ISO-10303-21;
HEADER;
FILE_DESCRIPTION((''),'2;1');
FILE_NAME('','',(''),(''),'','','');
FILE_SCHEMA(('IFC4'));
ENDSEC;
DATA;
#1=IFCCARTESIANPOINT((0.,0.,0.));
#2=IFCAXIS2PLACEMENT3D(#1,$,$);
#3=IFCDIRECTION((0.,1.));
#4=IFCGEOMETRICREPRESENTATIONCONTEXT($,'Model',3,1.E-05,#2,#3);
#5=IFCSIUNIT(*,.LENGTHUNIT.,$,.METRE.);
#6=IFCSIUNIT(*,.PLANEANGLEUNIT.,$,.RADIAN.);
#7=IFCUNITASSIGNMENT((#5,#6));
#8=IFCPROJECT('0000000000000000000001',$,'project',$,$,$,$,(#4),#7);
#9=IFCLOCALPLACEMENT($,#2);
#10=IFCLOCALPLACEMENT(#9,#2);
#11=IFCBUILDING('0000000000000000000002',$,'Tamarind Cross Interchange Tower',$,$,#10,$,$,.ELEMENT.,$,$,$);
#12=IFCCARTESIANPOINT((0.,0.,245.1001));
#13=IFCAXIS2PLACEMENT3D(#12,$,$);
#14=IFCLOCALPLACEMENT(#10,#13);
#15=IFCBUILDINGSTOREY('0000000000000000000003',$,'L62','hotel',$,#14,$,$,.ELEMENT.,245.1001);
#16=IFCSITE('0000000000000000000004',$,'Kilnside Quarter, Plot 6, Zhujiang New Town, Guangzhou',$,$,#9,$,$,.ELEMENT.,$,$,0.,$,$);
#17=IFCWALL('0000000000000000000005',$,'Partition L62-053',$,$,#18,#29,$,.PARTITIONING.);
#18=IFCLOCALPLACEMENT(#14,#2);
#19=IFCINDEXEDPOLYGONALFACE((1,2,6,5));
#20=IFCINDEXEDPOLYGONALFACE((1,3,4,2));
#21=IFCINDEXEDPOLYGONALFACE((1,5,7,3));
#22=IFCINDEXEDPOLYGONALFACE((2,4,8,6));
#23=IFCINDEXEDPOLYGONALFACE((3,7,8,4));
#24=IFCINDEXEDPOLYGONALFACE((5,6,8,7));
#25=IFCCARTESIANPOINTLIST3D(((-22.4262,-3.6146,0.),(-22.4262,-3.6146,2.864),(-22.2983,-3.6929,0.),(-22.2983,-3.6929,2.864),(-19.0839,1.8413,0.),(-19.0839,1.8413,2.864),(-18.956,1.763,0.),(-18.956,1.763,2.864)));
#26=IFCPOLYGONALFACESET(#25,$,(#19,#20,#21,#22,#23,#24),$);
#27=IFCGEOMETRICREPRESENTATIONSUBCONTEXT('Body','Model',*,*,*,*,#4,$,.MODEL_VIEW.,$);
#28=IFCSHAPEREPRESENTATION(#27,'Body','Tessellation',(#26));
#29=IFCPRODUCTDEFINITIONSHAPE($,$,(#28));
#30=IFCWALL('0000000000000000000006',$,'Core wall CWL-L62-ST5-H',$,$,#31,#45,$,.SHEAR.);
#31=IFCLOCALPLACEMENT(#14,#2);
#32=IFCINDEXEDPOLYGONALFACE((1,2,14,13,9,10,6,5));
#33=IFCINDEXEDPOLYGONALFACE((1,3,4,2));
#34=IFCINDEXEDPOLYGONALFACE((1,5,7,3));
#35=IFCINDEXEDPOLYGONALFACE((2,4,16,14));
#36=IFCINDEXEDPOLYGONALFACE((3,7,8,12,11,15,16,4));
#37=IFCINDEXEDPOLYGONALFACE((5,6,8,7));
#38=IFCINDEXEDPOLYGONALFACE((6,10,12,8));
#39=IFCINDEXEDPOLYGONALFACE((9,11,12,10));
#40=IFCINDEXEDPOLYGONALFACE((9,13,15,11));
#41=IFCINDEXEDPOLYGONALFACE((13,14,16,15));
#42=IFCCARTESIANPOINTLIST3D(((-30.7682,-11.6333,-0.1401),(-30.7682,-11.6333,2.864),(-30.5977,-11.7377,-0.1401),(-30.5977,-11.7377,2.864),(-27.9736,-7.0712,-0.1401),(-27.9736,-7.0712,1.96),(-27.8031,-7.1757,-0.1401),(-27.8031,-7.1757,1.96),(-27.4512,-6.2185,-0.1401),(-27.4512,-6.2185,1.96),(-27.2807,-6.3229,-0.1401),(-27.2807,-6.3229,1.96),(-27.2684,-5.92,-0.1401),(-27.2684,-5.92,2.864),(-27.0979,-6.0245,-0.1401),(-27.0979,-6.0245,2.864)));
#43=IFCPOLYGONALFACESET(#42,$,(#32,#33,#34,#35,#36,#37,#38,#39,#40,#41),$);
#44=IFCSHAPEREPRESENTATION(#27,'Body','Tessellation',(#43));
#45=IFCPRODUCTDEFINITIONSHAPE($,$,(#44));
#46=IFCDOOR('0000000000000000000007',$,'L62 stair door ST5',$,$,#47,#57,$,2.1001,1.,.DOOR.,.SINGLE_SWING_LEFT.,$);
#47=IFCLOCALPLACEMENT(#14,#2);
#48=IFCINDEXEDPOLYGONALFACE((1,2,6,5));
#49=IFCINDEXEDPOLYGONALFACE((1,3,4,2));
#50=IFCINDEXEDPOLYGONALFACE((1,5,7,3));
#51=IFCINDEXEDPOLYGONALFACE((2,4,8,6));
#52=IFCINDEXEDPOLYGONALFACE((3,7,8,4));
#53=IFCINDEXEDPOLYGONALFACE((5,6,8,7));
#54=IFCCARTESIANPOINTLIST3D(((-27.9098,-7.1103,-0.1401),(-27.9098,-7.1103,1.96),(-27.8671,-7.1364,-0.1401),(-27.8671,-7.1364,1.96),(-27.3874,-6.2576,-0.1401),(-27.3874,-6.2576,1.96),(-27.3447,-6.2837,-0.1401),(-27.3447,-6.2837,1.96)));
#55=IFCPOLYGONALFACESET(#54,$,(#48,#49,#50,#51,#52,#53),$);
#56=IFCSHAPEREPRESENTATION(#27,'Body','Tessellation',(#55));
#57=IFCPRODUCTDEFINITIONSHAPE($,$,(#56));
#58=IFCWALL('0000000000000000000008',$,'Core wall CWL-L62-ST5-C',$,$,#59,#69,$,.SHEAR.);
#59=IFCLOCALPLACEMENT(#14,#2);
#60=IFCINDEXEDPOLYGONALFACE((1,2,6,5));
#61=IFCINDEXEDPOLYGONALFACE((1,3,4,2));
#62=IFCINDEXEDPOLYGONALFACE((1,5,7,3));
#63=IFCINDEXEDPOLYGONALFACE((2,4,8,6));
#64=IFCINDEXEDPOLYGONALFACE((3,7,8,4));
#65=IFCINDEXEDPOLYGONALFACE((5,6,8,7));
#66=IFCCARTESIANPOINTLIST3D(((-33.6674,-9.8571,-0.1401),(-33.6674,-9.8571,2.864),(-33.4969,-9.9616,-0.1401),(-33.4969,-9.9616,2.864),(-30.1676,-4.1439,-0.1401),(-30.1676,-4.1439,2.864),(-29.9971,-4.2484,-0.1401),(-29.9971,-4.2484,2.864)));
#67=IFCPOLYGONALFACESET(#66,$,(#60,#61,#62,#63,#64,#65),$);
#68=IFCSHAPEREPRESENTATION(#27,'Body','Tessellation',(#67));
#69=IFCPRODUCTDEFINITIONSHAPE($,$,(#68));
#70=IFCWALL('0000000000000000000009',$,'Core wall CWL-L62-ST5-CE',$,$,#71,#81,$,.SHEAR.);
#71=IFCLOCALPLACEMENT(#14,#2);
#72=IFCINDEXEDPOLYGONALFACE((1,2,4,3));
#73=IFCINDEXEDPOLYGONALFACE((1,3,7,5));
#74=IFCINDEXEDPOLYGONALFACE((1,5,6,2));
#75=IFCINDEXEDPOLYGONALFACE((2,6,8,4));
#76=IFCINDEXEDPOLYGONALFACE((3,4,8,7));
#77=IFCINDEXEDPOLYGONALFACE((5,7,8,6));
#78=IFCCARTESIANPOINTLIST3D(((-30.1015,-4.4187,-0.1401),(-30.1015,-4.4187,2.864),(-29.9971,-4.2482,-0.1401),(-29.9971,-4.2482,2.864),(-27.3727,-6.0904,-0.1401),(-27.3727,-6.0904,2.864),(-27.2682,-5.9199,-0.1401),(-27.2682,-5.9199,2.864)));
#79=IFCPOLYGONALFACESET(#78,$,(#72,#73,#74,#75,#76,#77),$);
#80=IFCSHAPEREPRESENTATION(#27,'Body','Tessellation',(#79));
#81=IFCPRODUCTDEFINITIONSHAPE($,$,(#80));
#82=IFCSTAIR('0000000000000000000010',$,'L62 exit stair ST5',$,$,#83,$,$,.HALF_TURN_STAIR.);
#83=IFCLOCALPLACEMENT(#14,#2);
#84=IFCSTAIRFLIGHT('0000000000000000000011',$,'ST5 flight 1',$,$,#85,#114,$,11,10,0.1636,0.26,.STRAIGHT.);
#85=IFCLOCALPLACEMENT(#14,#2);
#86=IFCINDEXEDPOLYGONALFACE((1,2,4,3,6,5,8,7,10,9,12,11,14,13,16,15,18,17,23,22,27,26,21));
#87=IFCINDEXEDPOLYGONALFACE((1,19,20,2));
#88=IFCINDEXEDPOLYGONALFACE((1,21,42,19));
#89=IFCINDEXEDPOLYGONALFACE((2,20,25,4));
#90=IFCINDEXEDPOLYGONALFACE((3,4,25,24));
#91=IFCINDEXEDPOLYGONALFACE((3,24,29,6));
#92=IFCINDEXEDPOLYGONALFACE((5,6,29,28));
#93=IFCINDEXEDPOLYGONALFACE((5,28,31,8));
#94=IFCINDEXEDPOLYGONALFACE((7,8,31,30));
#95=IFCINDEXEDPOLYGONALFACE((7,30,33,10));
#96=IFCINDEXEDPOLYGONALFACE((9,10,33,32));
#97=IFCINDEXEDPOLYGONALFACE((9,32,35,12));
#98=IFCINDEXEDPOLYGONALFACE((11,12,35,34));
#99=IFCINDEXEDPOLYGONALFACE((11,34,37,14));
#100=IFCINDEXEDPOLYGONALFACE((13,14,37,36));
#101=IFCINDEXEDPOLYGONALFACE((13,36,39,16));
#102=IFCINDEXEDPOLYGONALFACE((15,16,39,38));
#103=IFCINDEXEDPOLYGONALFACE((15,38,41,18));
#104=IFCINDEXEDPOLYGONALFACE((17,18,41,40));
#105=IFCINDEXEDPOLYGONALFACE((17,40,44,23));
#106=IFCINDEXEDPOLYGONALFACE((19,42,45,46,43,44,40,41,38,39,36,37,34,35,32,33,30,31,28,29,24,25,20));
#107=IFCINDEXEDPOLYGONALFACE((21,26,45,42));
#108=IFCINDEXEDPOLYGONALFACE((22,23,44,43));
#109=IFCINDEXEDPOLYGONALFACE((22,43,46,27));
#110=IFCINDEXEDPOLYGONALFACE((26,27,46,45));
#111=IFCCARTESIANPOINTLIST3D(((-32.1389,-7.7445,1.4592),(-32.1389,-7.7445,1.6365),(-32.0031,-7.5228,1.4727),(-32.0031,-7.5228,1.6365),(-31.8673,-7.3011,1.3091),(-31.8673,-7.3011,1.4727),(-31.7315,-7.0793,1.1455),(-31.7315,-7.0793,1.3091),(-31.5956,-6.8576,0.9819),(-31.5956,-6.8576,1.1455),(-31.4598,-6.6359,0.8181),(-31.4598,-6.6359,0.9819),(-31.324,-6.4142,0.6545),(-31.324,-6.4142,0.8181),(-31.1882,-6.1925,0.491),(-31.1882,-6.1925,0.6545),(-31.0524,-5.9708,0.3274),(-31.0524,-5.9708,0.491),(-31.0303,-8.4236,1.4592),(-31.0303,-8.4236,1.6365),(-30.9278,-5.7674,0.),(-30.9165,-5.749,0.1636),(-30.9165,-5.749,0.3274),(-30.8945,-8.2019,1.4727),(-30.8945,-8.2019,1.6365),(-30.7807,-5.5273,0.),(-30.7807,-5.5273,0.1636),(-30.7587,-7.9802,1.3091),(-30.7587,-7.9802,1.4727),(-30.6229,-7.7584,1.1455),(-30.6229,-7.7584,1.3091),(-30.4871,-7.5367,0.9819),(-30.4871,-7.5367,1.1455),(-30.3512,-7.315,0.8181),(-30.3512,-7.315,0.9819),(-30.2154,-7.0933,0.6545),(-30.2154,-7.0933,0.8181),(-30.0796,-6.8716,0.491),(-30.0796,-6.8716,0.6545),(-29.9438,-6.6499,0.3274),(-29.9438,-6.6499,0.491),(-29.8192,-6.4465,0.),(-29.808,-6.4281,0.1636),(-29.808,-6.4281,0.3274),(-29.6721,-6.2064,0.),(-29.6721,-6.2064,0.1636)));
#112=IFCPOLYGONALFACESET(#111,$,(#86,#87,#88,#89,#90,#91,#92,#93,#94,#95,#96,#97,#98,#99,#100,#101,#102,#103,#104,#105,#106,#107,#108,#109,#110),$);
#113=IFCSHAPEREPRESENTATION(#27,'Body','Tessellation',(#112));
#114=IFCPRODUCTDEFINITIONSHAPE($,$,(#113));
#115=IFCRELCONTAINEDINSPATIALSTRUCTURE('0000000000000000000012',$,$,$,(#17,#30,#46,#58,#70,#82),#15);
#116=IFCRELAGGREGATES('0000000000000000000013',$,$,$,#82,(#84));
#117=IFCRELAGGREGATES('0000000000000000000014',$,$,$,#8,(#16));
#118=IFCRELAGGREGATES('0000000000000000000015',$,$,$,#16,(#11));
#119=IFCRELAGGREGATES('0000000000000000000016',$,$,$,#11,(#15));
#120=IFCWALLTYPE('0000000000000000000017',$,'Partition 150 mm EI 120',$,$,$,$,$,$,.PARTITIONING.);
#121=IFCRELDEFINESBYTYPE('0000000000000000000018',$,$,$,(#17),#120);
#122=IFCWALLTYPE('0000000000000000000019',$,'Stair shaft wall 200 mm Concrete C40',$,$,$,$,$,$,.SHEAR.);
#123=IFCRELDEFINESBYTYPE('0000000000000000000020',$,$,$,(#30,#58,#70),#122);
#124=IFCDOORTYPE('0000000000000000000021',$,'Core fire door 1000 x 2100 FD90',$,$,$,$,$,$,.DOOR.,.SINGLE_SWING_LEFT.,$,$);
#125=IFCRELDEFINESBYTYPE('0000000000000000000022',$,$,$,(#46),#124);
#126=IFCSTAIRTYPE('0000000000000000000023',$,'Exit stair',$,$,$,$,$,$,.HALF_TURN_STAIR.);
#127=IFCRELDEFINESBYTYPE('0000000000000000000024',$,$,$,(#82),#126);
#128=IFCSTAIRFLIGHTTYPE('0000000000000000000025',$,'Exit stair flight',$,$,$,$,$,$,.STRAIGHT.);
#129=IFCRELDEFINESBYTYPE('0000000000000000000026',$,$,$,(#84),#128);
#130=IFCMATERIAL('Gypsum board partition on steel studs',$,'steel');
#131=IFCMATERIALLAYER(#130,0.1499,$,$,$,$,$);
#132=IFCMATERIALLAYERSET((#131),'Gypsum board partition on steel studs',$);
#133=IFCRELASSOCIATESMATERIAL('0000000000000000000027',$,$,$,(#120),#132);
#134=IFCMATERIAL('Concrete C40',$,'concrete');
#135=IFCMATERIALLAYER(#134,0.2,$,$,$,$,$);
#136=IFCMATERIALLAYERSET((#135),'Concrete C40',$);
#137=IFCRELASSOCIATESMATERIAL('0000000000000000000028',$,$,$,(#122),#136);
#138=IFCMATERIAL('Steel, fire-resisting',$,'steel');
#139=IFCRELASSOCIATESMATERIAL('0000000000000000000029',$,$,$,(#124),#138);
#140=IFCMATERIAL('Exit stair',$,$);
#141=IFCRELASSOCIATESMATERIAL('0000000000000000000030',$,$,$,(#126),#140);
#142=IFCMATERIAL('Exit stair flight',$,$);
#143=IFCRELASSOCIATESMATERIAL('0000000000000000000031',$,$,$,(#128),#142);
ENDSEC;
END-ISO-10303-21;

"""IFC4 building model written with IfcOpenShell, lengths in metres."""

from ifc_helpers import new_model, si_unit, direction, frame, frame_2d, origin, place, context, subcontext, project, spatial, polyline, rectangle, outline, extrude, material, layer, layer_set, type_object, element, fill, aggregate, save


model = new_model("IFC4")

# Units and contexts
model_context = context("Model", 3, precision=1e-05, world=origin(), true_north=direction((0.0, 1.0)))
body_context = subcontext(model_context, "Body", "Model", "MODEL_VIEW")
ifc_project = project(units=[si_unit("LENGTHUNIT", "METRE"), si_unit("PLANEANGLEUNIT", "RADIAN")], contexts=[model_context])

# Site, building, storey
site_placement = place(None, origin())
site = spatial("IfcSite", under=ifc_project, at=site_placement, Name="Kilnside Quarter, Plot 6, Zhujiang New Town, Guangzhou", CompositionType="ELEMENT", RefElevation=0.0)
building_placement = place(site_placement, origin())
building = spatial("IfcBuilding", under=site, at=building_placement, Name="Tamarind Cross Interchange Tower", CompositionType="ELEMENT")
storey_placement = place(building_placement, frame((0.0, 0.0, 245.1001)))
storey = spatial("IfcBuildingStorey", under=building, at=storey_placement, Name="L62", Description="hotel", CompositionType="ELEMENT", Elevation=245.1001)

# Shared definitions
ifc_material_1 = material(Name="Gypsum board partition on steel studs", Category="steel")
ifc_layer_1 = layer(ifc_material_1, 0.1499)
ifc_layer_set_1 = layer_set([ifc_layer_1], Name="Gypsum board partition on steel studs")
wall_type_1 = type_object("IfcWallType", Name="Partition 150 mm EI 120", PredefinedType="PARTITIONING", material=ifc_layer_set_1)

# Wall
wall_1_placement = place(storey_placement, frame((-22.3623, -3.6538, 0.0), z_axis=(0.0, 0.0, 1.0), x_axis=(0.52238, 0.852713, 0.0)))
element("IfcWall", 1, at=wall_1_placement, inside=storey, type_object=wall_type_1, Name="Partition L62-053", PredefinedType="PARTITIONING", context=body_context, shape_type="SweptSolid", body=[
    extrude(rectangle(XDim=6.3982, YDim=0.1499, at=frame_2d((3.1992, 0.0))), origin(), (0.0, 0.0, 1.0), 2.864),
])

# Wall, opening, door
ifc_material_2 = material(Name="Concrete C40", Category="concrete")
ifc_layer_2 = layer(ifc_material_2, 0.2)
ifc_layer_set_2 = layer_set([ifc_layer_2], Name="Concrete C40")
wall_type_2 = type_object("IfcWallType", Name="Stair shaft wall 200 mm Concrete C40", PredefinedType="SHEAR", material=ifc_layer_set_2)
wall_2_placement = place(storey_placement, frame((-27.1831, -5.9722, -0.1401), z_axis=(0.0, 0.0, 1.0), x_axis=(-0.522362, -0.852724, 0.0)))
wall_2 = element("IfcWall", 2, at=wall_2_placement, inside=storey, type_object=wall_type_2, Name="Core wall CWL-L62-ST5-H", PredefinedType="SHEAR", context=body_context, shape_type="SweptSolid", body=[
    extrude(rectangle(XDim=6.7, YDim=0.2, at=frame_2d((3.3501, 0.0))), origin(), (0.0, 0.0, 1.0), 3.0042),
])
opening_1_placement = place(wall_2_placement, frame((0.3501, 0.0, 0.0)))
opening_1 = element("IfcOpeningElement", 3, at=opening_1_placement, cuts=wall_2, PredefinedType="OPENING", context=body_context, shape_type="SweptSolid", body=[
    extrude(rectangle(XDim=1.0, YDim=2.1001, at=frame_2d((0.5, 1.05))), frame((0.0, 0.1099, 0.0), z_axis=(0.0, -1.0, 0.0), x_axis=(1.0, 0.0, 0.0)), (0.0, 0.0, 1.0), 0.22),
])
ifc_material_3 = material(Name="Steel, fire-resisting", Category="steel")
door_type_1 = type_object("IfcDoorType", Name="Core fire door 1000 x 2100 FD90", OperationType="SINGLE_SWING_LEFT", PredefinedType="DOOR", material=ifc_material_3)
door_1_placement = place(opening_1_placement, origin())
door_1 = element("IfcDoor", 4, at=door_1_placement, inside=storey, type_object=door_type_1, Name="L62 stair door ST5", OperationType="SINGLE_SWING_LEFT", OverallHeight=2.1001, OverallWidth=1.0, PredefinedType="DOOR", context=body_context, shape_type="SweptSolid", body=[
    extrude(rectangle(XDim=1.0, YDim=2.1001, at=frame_2d((0.5, 1.05))), frame((0.0, 0.0249, 0.0), z_axis=(0.0, -1.0, 0.0), x_axis=(1.0, 0.0, 0.0)), (0.0, 0.0, 1.0), 0.05),
])
fill(opening_1, door_1)

# Walls
wall_3_placement = place(storey_placement, frame((-30.0823, -4.196, -0.1401), z_axis=(0.0, 0.0, 1.0), x_axis=(-0.522362, -0.852724, 0.0)))
element("IfcWall", 5, at=wall_3_placement, inside=storey, type_object=wall_type_2, Name="Core wall CWL-L62-ST5-C", PredefinedType="SHEAR", context=body_context, shape_type="SweptSolid", body=[
    extrude(rectangle(XDim=6.7, YDim=0.2, at=frame_2d((3.3501, 0.0))), origin(), (0.0, 0.0, 1.0), 3.0042),
])
wall_4_placement = place(storey_placement, frame((-30.0493, -4.3335, -0.1401), z_axis=(0.0, 0.0, 1.0), x_axis=(0.852717, -0.522372, 0.0)))
element("IfcWall", 6, at=wall_4_placement, inside=storey, type_object=wall_type_2, Name="Core wall CWL-L62-ST5-CE", PredefinedType="SHEAR", context=body_context, shape_type="SweptSolid", body=[
    extrude(rectangle(XDim=3.2002, YDim=0.2, at=frame_2d((1.6001, 0.0))), origin(), (0.0, 0.0, 1.0), 3.0042),
])

# Stair, stair flight
ifc_material_4 = material(Name="Exit stair")
stair_type = type_object("IfcStairType", Name="Exit stair", PredefinedType="HALF_TURN_STAIR", material=ifc_material_4)
stair_placement = place(storey_placement, origin())
stair = element("IfcStair", 7, at=stair_placement, inside=storey, type_object=stair_type, Name="L62 exit stair ST5", PredefinedType="HALF_TURN_STAIR")
ifc_material_5 = material(Name="Exit stair flight")
stair_flight_type = type_object("IfcStairFlightType", Name="Exit stair flight", PredefinedType="STRAIGHT", material=ifc_material_5)
stair_flight_placement = place(storey_placement, frame((-30.2263, -5.8669, 0.0), z_axis=(0.0, 0.0, 1.0), x_axis=(-0.522368, -0.85272, 0.0)))
stair_flight = element("IfcStairFlight", 8, at=stair_flight_placement, type_object=stair_flight_type, Name="ST5 flight 1", NumberOfRisers=11, NumberOfTreads=10, PredefinedType="STRAIGHT", RiserHeight=0.1636, TreadLength=0.26, context=body_context, shape_type="SweptSolid", body=[
    extrude(outline(polyline([(0.0, 0.0), (0.0, 0.1636), (0.26, 0.1636), (0.26, 0.3274), (0.52, 0.3274), (0.52, 0.491), (0.78, 0.491), (0.78, 0.6545), (1.04, 0.6545), (1.04, 0.8181), (1.3, 0.8181), (1.3, 0.9819), (1.5601, 0.9819), (1.5601, 1.1455), (1.8201, 1.1455), (1.8201, 1.3091), (2.0801, 1.3091), (2.0801, 1.4727), (2.3401, 1.4727), (2.3401, 1.6365), (2.6001, 1.6365), (2.6001, 1.8), (2.6001, 1.4592), (0.2815, 0.0), (0.0, 0.0)])), frame((0.0, 0.6499, 0.0), z_axis=(0.0, -1.0, 0.0), x_axis=(1.0, 0.0, 0.0)), (0.0, 0.0, 1.0), 1.3),
])
aggregate(stair, [stair_flight])

save(model, "model.ifc")
